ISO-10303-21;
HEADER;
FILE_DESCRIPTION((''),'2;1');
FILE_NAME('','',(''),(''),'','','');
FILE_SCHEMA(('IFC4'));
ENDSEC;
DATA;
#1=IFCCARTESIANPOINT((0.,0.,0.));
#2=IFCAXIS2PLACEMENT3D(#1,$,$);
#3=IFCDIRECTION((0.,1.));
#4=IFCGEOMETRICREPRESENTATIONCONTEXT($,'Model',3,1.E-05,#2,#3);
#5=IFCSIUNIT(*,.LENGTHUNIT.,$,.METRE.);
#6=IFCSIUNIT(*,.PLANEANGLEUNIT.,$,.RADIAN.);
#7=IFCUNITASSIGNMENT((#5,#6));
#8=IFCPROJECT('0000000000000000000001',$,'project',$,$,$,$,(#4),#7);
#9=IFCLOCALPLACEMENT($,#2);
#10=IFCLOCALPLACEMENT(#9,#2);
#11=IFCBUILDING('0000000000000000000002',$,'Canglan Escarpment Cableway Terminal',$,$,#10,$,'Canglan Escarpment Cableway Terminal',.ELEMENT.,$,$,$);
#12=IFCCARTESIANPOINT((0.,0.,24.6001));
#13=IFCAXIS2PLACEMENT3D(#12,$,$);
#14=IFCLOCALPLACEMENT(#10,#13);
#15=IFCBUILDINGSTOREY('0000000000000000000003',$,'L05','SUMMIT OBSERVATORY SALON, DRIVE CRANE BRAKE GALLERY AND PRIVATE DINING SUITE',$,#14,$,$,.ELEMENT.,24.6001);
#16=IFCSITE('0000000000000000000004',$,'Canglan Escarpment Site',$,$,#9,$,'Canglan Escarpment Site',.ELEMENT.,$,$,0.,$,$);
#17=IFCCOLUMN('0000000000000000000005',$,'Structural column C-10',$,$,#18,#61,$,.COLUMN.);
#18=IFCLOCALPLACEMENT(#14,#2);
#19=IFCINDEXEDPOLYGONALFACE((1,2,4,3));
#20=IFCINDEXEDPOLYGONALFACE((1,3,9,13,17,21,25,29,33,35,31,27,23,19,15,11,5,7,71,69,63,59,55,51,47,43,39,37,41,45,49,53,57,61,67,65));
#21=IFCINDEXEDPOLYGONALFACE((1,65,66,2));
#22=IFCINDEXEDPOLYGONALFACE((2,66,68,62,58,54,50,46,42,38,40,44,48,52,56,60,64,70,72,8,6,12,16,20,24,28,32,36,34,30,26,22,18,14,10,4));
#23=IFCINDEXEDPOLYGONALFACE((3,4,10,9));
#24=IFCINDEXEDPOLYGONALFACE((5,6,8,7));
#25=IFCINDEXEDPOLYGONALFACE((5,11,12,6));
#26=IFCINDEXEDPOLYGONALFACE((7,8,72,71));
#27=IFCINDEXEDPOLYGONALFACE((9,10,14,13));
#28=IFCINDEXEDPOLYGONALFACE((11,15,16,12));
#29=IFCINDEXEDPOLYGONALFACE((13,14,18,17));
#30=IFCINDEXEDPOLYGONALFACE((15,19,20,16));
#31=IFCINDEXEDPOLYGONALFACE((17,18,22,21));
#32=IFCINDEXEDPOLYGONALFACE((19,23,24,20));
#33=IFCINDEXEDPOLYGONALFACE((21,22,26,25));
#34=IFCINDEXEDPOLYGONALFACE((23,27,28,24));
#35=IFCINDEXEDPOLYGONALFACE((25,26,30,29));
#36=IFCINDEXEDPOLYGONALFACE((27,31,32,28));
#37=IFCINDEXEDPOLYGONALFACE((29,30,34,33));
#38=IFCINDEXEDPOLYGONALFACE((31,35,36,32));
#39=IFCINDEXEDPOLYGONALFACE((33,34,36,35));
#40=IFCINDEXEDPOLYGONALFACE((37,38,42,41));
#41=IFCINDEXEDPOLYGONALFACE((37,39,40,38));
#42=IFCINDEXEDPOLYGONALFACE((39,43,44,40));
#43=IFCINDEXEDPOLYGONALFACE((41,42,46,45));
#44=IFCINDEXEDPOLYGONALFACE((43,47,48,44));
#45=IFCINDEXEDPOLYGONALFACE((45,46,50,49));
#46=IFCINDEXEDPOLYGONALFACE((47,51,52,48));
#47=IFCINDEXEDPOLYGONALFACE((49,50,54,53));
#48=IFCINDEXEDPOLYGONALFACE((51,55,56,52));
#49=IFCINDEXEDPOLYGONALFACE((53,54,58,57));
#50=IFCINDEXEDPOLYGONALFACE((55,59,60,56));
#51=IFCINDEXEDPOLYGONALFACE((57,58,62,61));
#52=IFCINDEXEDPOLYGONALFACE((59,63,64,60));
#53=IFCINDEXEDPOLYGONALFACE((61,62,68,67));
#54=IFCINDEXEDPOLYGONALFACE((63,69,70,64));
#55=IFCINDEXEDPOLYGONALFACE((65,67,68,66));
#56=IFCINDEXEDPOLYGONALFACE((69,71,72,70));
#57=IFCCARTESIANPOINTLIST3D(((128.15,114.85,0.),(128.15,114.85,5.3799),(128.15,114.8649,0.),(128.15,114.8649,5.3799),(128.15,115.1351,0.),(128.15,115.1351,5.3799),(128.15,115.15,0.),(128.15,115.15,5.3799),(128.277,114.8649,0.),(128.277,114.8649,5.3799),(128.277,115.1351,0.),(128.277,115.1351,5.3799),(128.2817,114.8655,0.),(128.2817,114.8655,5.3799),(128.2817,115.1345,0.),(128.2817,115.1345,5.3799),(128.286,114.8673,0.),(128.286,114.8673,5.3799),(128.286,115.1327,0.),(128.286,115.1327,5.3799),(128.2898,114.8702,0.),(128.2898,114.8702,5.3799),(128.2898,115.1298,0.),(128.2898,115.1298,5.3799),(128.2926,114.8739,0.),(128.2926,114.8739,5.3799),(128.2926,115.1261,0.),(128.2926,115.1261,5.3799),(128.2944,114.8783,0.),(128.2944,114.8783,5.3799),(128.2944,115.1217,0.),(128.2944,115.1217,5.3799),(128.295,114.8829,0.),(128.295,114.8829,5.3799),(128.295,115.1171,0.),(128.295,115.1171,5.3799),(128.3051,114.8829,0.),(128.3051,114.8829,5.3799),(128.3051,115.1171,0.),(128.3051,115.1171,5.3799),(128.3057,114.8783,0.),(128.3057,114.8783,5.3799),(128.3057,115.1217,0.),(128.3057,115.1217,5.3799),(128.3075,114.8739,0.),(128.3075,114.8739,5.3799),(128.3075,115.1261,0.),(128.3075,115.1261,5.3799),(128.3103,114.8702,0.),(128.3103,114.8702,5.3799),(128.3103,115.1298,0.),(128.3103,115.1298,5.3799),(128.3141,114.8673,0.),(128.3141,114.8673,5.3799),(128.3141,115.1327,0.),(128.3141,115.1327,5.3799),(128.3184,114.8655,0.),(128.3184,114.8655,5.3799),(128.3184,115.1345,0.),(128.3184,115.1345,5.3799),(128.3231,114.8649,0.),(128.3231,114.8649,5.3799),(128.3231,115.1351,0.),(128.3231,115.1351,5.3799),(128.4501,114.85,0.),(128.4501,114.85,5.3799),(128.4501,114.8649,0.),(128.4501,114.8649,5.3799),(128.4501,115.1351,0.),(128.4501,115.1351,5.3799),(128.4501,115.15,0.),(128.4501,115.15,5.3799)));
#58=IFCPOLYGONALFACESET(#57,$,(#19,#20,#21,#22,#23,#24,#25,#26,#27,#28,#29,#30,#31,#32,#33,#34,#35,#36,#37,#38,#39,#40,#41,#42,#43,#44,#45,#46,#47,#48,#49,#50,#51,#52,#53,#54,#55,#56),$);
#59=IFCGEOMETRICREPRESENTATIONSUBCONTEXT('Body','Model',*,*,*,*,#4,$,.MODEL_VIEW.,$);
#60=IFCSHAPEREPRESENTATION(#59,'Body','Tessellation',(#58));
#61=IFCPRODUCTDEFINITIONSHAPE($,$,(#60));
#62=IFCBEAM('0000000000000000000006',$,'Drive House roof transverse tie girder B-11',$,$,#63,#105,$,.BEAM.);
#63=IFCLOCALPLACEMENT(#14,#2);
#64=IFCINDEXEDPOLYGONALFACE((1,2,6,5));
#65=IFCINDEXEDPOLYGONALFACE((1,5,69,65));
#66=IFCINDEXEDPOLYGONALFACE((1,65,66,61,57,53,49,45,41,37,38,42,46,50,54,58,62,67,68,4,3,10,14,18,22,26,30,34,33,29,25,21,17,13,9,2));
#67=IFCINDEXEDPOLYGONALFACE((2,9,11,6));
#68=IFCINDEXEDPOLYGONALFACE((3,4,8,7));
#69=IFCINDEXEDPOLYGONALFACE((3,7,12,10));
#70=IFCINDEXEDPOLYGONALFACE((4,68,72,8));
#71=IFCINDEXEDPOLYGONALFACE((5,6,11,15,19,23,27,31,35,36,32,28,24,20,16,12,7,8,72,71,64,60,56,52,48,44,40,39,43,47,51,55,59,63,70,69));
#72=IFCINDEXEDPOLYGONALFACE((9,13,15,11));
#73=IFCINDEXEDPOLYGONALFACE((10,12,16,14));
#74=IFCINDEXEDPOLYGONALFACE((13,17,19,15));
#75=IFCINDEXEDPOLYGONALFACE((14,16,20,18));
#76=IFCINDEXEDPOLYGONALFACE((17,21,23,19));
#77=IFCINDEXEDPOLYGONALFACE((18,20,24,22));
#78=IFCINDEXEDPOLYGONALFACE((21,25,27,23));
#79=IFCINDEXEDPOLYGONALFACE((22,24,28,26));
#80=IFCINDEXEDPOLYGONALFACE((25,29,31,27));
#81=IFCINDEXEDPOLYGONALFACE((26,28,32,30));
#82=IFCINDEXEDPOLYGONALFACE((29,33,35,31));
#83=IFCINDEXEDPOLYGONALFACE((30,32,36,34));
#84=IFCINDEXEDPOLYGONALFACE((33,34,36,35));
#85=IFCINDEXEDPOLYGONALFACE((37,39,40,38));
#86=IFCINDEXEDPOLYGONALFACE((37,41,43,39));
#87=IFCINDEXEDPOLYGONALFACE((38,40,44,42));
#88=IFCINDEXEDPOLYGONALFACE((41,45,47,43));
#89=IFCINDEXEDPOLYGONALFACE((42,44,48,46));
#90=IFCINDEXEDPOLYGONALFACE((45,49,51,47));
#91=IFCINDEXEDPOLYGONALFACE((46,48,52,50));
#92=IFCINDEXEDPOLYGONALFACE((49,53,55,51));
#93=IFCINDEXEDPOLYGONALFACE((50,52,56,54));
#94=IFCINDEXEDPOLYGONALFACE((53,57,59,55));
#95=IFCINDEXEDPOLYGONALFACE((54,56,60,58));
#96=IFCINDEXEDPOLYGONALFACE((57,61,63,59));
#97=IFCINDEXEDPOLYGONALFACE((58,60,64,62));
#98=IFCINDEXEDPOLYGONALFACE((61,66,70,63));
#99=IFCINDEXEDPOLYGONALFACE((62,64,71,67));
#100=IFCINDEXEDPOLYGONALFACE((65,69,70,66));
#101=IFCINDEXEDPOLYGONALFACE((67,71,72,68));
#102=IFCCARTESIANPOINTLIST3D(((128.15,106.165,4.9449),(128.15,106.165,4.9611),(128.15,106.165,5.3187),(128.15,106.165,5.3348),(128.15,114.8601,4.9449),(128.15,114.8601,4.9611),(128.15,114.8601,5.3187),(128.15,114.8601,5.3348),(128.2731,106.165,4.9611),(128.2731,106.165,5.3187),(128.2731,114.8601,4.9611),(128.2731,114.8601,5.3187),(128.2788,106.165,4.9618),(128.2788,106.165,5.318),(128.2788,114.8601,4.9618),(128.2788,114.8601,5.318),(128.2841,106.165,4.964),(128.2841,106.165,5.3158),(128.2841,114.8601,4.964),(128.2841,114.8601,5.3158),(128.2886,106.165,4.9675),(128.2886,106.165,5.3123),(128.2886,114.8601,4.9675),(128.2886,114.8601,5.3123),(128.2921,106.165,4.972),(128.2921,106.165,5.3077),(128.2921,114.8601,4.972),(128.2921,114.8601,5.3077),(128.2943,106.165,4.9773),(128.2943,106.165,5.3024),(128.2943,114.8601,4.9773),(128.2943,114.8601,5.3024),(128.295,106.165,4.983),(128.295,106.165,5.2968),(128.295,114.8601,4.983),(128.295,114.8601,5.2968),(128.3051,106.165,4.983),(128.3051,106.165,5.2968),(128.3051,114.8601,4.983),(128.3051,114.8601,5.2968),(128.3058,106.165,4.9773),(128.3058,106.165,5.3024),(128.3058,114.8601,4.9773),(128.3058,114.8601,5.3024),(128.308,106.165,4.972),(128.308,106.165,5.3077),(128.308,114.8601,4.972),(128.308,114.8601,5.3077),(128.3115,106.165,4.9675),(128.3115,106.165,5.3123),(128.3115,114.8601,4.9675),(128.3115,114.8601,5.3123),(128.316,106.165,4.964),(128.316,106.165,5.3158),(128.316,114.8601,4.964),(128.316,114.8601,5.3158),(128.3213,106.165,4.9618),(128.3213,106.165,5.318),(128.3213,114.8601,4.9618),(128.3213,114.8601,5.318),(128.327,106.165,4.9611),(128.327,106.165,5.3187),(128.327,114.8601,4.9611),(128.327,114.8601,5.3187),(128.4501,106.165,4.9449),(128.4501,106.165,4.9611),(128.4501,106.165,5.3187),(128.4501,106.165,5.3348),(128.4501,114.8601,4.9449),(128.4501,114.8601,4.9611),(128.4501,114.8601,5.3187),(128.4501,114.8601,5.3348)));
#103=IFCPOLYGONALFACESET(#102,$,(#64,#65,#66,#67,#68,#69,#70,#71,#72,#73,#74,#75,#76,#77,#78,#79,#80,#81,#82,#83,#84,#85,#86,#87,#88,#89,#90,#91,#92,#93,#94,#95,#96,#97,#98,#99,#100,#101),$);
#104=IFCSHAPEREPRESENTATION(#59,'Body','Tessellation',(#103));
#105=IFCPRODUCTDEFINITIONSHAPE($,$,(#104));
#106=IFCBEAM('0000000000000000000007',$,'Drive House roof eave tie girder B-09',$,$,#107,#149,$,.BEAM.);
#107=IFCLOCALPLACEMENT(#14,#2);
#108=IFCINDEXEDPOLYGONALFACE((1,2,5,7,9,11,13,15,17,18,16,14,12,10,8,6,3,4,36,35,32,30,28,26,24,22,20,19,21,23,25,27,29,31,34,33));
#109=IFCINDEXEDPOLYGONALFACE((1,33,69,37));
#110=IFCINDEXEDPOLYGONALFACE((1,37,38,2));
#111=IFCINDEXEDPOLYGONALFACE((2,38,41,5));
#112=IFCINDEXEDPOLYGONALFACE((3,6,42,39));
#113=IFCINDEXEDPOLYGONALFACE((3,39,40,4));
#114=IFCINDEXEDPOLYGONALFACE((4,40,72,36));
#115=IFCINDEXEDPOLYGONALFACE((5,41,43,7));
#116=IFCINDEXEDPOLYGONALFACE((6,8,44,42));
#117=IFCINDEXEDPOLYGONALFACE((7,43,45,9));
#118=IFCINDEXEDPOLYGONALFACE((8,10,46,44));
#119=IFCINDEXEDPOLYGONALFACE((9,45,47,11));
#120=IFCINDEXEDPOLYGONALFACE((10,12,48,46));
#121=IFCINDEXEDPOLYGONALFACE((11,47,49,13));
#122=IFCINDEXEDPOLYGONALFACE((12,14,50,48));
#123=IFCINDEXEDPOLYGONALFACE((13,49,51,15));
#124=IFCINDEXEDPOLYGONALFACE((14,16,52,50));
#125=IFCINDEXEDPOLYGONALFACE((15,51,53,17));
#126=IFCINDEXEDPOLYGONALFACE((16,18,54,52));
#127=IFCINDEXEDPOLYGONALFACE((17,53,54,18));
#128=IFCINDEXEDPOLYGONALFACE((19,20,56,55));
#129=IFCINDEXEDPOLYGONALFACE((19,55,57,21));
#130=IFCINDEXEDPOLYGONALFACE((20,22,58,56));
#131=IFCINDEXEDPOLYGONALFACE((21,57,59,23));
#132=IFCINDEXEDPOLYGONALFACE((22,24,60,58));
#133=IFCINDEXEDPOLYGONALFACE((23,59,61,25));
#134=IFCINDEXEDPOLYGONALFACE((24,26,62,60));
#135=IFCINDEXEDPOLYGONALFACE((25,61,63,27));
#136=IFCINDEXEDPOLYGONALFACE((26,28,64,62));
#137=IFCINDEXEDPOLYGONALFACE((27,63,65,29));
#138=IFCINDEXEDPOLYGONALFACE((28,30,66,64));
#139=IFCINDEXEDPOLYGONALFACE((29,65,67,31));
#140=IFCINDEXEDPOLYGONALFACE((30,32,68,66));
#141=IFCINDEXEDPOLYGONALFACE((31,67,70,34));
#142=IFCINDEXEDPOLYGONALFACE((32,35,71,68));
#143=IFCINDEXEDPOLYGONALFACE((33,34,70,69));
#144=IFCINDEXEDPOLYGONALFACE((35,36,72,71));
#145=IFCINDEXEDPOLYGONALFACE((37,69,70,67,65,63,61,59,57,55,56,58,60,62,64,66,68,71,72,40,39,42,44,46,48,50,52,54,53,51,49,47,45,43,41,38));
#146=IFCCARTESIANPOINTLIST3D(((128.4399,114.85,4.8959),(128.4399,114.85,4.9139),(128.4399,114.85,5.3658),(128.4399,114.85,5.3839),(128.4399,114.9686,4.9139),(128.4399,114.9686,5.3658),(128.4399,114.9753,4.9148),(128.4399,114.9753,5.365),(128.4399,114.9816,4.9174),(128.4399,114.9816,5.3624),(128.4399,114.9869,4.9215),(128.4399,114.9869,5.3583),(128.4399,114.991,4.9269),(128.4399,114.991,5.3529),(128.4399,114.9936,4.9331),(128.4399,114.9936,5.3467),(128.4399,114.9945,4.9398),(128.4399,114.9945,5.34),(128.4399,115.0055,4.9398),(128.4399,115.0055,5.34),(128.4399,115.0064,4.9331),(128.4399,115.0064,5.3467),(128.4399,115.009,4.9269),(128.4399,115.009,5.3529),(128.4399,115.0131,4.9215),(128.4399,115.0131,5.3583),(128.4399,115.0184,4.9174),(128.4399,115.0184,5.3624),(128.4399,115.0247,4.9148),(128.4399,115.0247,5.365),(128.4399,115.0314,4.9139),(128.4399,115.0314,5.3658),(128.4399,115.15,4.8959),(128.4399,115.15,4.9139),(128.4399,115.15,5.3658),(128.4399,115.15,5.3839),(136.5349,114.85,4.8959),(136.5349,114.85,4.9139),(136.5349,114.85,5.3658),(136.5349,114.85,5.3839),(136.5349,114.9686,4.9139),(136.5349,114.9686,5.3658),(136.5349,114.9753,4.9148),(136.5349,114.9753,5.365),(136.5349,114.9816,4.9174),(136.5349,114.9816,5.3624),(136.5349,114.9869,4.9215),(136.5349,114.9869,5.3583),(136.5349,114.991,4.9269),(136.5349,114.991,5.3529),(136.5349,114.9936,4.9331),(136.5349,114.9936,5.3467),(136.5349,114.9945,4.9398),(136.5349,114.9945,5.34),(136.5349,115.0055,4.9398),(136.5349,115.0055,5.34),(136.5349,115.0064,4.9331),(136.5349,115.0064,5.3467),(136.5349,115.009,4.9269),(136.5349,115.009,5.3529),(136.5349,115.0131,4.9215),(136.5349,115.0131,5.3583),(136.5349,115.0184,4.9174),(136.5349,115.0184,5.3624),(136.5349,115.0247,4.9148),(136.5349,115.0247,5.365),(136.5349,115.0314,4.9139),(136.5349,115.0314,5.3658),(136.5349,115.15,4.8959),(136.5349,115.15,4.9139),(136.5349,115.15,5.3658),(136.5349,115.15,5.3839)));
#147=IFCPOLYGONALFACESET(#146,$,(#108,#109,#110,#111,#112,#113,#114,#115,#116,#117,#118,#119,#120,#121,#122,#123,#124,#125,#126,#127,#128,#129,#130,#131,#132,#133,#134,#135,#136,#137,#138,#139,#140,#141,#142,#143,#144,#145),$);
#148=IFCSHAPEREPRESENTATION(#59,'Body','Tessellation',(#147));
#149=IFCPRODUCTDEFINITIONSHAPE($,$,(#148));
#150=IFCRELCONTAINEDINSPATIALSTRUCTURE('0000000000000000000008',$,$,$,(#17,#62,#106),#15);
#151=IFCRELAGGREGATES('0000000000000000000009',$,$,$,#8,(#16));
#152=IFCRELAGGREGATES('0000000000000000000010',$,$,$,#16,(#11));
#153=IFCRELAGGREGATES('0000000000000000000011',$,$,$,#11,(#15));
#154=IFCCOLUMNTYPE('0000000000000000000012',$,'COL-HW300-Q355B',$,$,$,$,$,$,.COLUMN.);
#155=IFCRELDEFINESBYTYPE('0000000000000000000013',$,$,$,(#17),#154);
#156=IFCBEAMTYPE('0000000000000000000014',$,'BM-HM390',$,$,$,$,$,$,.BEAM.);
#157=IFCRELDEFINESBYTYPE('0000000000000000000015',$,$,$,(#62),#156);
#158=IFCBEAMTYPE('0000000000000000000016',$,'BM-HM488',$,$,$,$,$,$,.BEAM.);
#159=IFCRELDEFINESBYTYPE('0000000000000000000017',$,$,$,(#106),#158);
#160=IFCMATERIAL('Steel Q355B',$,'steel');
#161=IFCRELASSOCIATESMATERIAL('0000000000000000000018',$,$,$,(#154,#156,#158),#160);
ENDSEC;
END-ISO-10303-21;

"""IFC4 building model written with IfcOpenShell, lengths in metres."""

from ifc_helpers import new_model, si_unit, direction, frame, origin, origin_2d, place, context, subcontext, project, spatial, i_section, extrude, material, material_profile, profile_set, type_object, element, save


model = new_model("IFC4")

# Units and contexts
model_context = context("Model", 3, precision=1e-05, world=origin(), true_north=direction((0.0, 1.0)))
body_context = subcontext(model_context, "Body", "Model", "MODEL_VIEW")
ifc_project = project(units=[si_unit("LENGTHUNIT", "METRE"), si_unit("PLANEANGLEUNIT", "RADIAN")], contexts=[model_context])

# Site, building, storey
site_placement = place(None, origin())
site = spatial("IfcSite", under=ifc_project, at=site_placement, Name="Canglan Escarpment Site", LongName="Canglan Escarpment Site", CompositionType="ELEMENT", RefElevation=0.0)
building_placement = place(site_placement, origin())
building = spatial("IfcBuilding", under=site, at=building_placement, Name="Canglan Escarpment Cableway Terminal", LongName="Canglan Escarpment Cableway Terminal", CompositionType="ELEMENT")
storey_placement = place(building_placement, frame((0.0, 0.0, 24.6001)))
storey = spatial("IfcBuildingStorey", under=building, at=storey_placement, Name="L05", Description="SUMMIT OBSERVATORY SALON, DRIVE CRANE BRAKE GALLERY AND PRIVATE DINING SUITE", CompositionType="ELEMENT", Elevation=24.6001)

# Column
ifc_material_1 = material(Name="Steel Q355B", Category="steel")
ifc_material_profile_1 = material_profile(ifc_material_1, i_section(OverallWidth=0.3, OverallDepth=0.3, WebThickness=0.01, FlangeThickness=0.0149, FilletRadius=0.0181, at=origin_2d()), Name="HW 300x300x10x15")
ifc_profile_set_1 = profile_set([ifc_material_profile_1], Name="Steel Q355B")
column_type = type_object("IfcColumnType", Name="COL-HW300-Q355B", PredefinedType="COLUMN", material=ifc_profile_set_1)
column_placement = place(storey_placement, frame((128.3, 115.0, 0.0), z_axis=(0.0, 0.0, 1.0), x_axis=(1.0, 0.0, 0.0)))
element("IfcColumn", 1, at=column_placement, inside=storey, type_object=column_type, Name="Structural column C-10", PredefinedType="COLUMN", context=body_context, shape_type="SweptSolid", body=[
    extrude(i_section(OverallWidth=0.3, OverallDepth=0.3, WebThickness=0.01, FlangeThickness=0.0149, FilletRadius=0.0181, at=origin_2d()), origin(), (0.0, 0.0, 1.0), 5.3799),
])

# Beams
ifc_material_profile_2 = material_profile(ifc_material_1, i_section(OverallWidth=0.3, OverallDepth=0.3899, WebThickness=0.01, FlangeThickness=0.0161, FilletRadius=0.022, at=origin_2d()), Name="HM 390x300x10x16")
ifc_profile_set_2 = profile_set([ifc_material_profile_2], Name="Steel Q355B")
beam_type_1 = type_object("IfcBeamType", Name="BM-HM390", PredefinedType="BEAM", material=ifc_profile_set_2)
beam_1_placement = place(storey_placement, frame((128.3, 106.165, 5.1399), z_axis=(0.0, 1.0, 0.0), x_axis=(-1.0, 0.0, 0.0)))
element("IfcBeam", 2, at=beam_1_placement, inside=storey, type_object=beam_type_1, Name="Drive House roof transverse tie girder B-11", PredefinedType="BEAM", context=body_context, shape_type="SweptSolid", body=[
    extrude(i_section(OverallWidth=0.3, OverallDepth=0.3899, WebThickness=0.01, FlangeThickness=0.0161, FilletRadius=0.022, at=origin_2d()), origin(), (0.0, 0.0, 1.0), 8.6951),
])
ifc_material_profile_3 = material_profile(ifc_material_1, i_section(OverallWidth=0.3, OverallDepth=0.488, WebThickness=0.011, FlangeThickness=0.0181, FilletRadius=0.0259, at=origin_2d()), Name="HM 488x300x11x18")
ifc_profile_set_3 = profile_set([ifc_material_profile_3], Name="Steel Q355B")
beam_type_2 = type_object("IfcBeamType", Name="BM-HM488", PredefinedType="BEAM", material=ifc_profile_set_3)
beam_2_placement = place(storey_placement, frame((128.4399, 115.0, 5.1399), z_axis=(1.0, 0.0, 0.0), x_axis=(0.0, 1.0, 0.0)))
element("IfcBeam", 3, at=beam_2_placement, inside=storey, type_object=beam_type_2, Name="Drive House roof eave tie girder B-09", PredefinedType="BEAM", context=body_context, shape_type="SweptSolid", body=[
    extrude(i_section(OverallWidth=0.3, OverallDepth=0.488, WebThickness=0.011, FlangeThickness=0.0181, FilletRadius=0.0259, at=origin_2d()), origin(), (0.0, 0.0, 1.0), 8.095),
])

save(model, "model.ifc")
